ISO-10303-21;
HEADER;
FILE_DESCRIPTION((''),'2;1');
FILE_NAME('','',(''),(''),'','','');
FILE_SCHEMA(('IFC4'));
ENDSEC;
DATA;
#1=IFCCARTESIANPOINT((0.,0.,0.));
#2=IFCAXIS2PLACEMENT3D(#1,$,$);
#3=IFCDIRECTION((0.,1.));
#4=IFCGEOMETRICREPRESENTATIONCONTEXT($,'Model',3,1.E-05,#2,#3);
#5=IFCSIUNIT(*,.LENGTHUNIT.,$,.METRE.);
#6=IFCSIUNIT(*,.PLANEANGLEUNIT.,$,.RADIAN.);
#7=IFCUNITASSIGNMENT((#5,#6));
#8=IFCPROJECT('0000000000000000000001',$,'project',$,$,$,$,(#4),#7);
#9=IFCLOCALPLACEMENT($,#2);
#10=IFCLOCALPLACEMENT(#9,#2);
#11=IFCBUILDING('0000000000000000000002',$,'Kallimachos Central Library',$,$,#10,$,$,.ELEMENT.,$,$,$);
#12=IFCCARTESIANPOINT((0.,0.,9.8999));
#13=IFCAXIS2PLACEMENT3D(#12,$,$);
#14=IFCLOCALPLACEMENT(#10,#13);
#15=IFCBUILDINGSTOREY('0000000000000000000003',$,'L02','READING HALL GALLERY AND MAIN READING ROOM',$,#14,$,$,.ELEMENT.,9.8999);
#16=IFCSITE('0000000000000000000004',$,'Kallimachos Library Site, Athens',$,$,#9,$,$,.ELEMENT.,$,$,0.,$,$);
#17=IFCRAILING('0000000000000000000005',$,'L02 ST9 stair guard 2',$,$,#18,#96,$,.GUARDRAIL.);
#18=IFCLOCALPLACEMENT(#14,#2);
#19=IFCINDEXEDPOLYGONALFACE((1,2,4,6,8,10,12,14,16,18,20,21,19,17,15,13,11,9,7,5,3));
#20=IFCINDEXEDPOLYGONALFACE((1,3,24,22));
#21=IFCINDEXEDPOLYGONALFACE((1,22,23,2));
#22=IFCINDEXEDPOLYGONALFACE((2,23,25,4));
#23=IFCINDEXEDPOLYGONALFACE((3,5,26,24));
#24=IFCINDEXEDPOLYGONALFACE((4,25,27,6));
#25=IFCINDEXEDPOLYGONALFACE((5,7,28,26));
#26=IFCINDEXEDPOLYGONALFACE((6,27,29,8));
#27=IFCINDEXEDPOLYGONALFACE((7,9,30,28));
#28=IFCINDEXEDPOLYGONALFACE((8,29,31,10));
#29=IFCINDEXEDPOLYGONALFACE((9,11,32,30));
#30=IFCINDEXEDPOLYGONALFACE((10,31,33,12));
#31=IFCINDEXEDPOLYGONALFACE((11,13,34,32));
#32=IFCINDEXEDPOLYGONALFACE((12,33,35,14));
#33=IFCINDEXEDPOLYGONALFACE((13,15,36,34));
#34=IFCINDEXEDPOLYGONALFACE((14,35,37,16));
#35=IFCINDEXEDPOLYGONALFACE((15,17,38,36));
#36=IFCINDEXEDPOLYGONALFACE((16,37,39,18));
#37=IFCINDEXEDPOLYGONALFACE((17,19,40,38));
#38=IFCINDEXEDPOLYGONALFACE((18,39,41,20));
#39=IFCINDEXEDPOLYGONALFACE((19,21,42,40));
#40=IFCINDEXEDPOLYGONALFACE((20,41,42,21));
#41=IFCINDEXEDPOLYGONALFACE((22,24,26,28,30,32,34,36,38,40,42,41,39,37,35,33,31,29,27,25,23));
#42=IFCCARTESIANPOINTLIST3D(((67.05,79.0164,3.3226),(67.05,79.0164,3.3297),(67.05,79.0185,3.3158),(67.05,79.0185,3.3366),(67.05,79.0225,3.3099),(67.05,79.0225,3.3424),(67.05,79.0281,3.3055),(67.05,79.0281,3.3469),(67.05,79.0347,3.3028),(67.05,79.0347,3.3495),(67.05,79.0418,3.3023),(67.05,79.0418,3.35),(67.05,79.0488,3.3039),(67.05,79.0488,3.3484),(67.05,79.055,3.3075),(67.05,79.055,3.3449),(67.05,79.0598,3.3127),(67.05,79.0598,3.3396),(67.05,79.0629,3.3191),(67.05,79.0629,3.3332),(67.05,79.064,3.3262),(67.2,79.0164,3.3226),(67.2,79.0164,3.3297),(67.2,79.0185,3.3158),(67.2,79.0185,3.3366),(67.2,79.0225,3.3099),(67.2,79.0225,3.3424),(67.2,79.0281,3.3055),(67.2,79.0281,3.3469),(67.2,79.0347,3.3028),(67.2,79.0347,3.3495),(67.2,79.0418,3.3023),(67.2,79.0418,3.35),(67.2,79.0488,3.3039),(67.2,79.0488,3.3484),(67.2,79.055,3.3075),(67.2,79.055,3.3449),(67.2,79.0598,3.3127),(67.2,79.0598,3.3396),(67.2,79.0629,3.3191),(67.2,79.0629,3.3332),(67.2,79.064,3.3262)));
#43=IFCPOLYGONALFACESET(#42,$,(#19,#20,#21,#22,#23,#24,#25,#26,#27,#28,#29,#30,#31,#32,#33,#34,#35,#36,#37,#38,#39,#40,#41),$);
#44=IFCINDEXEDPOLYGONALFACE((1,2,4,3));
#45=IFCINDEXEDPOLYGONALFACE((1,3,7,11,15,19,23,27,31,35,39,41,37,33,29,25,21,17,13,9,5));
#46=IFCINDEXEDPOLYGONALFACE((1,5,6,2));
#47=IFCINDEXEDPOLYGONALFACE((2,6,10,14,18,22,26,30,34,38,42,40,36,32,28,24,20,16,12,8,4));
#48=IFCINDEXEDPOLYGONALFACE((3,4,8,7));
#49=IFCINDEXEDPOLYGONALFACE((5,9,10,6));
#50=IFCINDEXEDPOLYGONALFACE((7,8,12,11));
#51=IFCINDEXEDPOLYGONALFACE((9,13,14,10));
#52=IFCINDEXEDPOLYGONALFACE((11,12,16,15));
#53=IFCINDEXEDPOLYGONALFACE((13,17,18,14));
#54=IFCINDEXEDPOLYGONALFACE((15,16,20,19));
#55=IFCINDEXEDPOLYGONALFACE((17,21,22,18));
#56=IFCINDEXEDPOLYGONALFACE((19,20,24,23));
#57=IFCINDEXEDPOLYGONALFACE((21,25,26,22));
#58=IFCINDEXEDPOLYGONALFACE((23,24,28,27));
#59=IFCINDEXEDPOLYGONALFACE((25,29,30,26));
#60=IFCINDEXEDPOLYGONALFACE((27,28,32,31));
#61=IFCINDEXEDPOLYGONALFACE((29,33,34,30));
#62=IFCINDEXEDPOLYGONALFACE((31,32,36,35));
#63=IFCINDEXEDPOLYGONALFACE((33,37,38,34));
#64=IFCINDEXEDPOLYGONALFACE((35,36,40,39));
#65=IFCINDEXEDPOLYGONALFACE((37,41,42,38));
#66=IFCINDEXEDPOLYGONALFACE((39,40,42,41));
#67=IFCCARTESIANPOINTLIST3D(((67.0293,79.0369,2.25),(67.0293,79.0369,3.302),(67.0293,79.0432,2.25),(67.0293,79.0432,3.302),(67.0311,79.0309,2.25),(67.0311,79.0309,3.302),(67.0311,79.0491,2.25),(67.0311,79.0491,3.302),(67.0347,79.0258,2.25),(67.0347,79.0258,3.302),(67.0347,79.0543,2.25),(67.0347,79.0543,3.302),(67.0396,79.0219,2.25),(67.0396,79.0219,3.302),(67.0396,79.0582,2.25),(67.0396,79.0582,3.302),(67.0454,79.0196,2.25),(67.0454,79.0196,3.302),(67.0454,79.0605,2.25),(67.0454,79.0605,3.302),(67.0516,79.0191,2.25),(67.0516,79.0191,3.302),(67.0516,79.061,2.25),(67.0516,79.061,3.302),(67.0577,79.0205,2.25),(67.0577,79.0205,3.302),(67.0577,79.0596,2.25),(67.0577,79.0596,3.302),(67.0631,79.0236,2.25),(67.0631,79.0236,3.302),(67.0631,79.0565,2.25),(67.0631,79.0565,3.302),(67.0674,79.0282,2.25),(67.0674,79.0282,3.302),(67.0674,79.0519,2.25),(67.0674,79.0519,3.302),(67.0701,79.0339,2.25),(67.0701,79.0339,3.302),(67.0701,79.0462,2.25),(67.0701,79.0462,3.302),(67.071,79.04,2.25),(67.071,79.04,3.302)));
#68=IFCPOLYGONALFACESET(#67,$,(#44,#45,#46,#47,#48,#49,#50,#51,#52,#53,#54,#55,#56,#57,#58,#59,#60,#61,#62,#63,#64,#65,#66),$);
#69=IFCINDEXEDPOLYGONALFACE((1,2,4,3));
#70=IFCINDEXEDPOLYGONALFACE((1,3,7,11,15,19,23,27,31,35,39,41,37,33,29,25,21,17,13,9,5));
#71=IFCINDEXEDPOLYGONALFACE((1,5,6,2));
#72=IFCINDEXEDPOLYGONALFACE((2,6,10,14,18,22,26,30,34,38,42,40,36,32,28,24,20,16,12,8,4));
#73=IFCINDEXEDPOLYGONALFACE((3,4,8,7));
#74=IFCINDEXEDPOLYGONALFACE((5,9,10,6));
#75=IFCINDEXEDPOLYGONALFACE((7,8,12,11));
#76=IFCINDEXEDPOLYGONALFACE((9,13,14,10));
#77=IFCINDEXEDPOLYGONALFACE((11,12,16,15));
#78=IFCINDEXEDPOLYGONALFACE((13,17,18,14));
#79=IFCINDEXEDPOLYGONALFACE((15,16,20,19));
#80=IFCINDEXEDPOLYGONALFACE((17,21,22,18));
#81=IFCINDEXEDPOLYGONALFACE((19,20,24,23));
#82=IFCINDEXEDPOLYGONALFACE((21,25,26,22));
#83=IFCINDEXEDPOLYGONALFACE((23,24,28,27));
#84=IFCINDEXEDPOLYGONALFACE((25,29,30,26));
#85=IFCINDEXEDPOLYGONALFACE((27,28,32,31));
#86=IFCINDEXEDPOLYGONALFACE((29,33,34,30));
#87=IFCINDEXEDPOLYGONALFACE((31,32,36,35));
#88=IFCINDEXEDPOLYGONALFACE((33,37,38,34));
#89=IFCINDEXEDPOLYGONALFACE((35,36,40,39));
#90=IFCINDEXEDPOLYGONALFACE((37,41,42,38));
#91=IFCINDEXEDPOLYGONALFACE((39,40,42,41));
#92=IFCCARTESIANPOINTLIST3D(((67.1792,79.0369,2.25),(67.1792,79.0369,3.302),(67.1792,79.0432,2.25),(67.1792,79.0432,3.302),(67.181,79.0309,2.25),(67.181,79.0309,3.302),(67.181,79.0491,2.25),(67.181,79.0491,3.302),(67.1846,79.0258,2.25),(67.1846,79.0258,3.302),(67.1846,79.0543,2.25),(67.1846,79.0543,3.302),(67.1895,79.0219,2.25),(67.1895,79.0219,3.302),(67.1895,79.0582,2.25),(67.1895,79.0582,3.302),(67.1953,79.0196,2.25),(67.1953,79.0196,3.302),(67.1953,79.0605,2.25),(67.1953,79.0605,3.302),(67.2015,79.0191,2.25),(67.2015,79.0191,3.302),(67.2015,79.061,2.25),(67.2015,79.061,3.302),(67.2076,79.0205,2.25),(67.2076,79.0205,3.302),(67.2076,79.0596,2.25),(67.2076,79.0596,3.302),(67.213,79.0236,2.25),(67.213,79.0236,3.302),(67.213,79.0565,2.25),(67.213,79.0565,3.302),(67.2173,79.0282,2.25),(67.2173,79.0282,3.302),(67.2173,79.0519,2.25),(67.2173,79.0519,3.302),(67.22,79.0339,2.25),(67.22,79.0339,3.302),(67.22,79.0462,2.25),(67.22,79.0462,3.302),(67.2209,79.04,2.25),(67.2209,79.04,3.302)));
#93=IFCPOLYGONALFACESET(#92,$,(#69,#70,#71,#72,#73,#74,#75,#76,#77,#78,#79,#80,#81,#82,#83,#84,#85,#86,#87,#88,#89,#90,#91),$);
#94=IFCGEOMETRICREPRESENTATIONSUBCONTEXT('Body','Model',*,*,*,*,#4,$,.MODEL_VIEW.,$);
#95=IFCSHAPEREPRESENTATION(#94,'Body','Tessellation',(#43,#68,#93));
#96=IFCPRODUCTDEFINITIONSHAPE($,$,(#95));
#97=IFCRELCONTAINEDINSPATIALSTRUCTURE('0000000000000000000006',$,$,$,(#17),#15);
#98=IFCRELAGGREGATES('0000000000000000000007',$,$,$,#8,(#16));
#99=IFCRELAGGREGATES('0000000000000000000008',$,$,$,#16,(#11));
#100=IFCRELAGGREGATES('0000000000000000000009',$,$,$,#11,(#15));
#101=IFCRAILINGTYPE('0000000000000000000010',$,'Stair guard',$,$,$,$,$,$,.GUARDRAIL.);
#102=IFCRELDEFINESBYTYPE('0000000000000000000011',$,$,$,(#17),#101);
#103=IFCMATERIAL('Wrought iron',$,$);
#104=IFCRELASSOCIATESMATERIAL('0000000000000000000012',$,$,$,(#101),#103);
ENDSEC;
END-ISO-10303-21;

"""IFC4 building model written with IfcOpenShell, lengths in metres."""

from ifc_helpers import new_model, si_unit, direction, frame, origin, origin_2d, place, context, subcontext, project, spatial, circle, extrude, material, type_object, element, save


model = new_model("IFC4")

# Units and contexts
model_context = context("Model", 3, precision=1e-05, world=origin(), true_north=direction((0.0, 1.0)))
body_context = subcontext(model_context, "Body", "Model", "MODEL_VIEW")
ifc_project = project(units=[si_unit("LENGTHUNIT", "METRE"), si_unit("PLANEANGLEUNIT", "RADIAN")], contexts=[model_context])

# Site, building, storey
site_placement = place(None, origin())
site = spatial("IfcSite", under=ifc_project, at=site_placement, Name="Kallimachos Library Site, Athens", CompositionType="ELEMENT", RefElevation=0.0)
building_placement = place(site_placement, origin())
building = spatial("IfcBuilding", under=site, at=building_placement, Name="Kallimachos Central Library", CompositionType="ELEMENT")
storey_placement = place(building_placement, frame((0.0, 0.0, 9.8999)))
storey = spatial("IfcBuildingStorey", under=building, at=storey_placement, Name="L02", Description="READING HALL GALLERY AND MAIN READING ROOM", CompositionType="ELEMENT", Elevation=9.8999)

# Railing
ifc_material_1 = material(Name="Wrought iron")
railing_type_1 = type_object("IfcRailingType", Name="Stair guard", PredefinedType="GUARDRAIL", material=ifc_material_1)
railing_1_placement = place(storey_placement, frame((67.05, 79.04, 2.25)))
element("IfcRailing", 1, at=railing_1_placement, inside=storey, type_object=railing_type_1, Name="L02 ST9 stair guard 2", PredefinedType="GUARDRAIL", context=body_context, shape_type="SweptSolid", body=[
    extrude(circle(Radius=0.0239, at=origin_2d()), frame((0.0, 0.0, 1.0762), z_axis=(1.0, 0.0, 0.0), x_axis=(0.0, 1.0, 0.0)), (0.0, 0.0, 1.0), 0.1499),
    extrude(circle(Radius=0.021, at=origin_2d()), origin(), (0.0, 0.0, 1.0), 1.052),
    extrude(circle(Radius=0.021, at=origin_2d()), frame((0.1499, 0.0, 0.0)), (0.0, 0.0, 1.0), 1.052),
])

save(model, "model.ifc")
